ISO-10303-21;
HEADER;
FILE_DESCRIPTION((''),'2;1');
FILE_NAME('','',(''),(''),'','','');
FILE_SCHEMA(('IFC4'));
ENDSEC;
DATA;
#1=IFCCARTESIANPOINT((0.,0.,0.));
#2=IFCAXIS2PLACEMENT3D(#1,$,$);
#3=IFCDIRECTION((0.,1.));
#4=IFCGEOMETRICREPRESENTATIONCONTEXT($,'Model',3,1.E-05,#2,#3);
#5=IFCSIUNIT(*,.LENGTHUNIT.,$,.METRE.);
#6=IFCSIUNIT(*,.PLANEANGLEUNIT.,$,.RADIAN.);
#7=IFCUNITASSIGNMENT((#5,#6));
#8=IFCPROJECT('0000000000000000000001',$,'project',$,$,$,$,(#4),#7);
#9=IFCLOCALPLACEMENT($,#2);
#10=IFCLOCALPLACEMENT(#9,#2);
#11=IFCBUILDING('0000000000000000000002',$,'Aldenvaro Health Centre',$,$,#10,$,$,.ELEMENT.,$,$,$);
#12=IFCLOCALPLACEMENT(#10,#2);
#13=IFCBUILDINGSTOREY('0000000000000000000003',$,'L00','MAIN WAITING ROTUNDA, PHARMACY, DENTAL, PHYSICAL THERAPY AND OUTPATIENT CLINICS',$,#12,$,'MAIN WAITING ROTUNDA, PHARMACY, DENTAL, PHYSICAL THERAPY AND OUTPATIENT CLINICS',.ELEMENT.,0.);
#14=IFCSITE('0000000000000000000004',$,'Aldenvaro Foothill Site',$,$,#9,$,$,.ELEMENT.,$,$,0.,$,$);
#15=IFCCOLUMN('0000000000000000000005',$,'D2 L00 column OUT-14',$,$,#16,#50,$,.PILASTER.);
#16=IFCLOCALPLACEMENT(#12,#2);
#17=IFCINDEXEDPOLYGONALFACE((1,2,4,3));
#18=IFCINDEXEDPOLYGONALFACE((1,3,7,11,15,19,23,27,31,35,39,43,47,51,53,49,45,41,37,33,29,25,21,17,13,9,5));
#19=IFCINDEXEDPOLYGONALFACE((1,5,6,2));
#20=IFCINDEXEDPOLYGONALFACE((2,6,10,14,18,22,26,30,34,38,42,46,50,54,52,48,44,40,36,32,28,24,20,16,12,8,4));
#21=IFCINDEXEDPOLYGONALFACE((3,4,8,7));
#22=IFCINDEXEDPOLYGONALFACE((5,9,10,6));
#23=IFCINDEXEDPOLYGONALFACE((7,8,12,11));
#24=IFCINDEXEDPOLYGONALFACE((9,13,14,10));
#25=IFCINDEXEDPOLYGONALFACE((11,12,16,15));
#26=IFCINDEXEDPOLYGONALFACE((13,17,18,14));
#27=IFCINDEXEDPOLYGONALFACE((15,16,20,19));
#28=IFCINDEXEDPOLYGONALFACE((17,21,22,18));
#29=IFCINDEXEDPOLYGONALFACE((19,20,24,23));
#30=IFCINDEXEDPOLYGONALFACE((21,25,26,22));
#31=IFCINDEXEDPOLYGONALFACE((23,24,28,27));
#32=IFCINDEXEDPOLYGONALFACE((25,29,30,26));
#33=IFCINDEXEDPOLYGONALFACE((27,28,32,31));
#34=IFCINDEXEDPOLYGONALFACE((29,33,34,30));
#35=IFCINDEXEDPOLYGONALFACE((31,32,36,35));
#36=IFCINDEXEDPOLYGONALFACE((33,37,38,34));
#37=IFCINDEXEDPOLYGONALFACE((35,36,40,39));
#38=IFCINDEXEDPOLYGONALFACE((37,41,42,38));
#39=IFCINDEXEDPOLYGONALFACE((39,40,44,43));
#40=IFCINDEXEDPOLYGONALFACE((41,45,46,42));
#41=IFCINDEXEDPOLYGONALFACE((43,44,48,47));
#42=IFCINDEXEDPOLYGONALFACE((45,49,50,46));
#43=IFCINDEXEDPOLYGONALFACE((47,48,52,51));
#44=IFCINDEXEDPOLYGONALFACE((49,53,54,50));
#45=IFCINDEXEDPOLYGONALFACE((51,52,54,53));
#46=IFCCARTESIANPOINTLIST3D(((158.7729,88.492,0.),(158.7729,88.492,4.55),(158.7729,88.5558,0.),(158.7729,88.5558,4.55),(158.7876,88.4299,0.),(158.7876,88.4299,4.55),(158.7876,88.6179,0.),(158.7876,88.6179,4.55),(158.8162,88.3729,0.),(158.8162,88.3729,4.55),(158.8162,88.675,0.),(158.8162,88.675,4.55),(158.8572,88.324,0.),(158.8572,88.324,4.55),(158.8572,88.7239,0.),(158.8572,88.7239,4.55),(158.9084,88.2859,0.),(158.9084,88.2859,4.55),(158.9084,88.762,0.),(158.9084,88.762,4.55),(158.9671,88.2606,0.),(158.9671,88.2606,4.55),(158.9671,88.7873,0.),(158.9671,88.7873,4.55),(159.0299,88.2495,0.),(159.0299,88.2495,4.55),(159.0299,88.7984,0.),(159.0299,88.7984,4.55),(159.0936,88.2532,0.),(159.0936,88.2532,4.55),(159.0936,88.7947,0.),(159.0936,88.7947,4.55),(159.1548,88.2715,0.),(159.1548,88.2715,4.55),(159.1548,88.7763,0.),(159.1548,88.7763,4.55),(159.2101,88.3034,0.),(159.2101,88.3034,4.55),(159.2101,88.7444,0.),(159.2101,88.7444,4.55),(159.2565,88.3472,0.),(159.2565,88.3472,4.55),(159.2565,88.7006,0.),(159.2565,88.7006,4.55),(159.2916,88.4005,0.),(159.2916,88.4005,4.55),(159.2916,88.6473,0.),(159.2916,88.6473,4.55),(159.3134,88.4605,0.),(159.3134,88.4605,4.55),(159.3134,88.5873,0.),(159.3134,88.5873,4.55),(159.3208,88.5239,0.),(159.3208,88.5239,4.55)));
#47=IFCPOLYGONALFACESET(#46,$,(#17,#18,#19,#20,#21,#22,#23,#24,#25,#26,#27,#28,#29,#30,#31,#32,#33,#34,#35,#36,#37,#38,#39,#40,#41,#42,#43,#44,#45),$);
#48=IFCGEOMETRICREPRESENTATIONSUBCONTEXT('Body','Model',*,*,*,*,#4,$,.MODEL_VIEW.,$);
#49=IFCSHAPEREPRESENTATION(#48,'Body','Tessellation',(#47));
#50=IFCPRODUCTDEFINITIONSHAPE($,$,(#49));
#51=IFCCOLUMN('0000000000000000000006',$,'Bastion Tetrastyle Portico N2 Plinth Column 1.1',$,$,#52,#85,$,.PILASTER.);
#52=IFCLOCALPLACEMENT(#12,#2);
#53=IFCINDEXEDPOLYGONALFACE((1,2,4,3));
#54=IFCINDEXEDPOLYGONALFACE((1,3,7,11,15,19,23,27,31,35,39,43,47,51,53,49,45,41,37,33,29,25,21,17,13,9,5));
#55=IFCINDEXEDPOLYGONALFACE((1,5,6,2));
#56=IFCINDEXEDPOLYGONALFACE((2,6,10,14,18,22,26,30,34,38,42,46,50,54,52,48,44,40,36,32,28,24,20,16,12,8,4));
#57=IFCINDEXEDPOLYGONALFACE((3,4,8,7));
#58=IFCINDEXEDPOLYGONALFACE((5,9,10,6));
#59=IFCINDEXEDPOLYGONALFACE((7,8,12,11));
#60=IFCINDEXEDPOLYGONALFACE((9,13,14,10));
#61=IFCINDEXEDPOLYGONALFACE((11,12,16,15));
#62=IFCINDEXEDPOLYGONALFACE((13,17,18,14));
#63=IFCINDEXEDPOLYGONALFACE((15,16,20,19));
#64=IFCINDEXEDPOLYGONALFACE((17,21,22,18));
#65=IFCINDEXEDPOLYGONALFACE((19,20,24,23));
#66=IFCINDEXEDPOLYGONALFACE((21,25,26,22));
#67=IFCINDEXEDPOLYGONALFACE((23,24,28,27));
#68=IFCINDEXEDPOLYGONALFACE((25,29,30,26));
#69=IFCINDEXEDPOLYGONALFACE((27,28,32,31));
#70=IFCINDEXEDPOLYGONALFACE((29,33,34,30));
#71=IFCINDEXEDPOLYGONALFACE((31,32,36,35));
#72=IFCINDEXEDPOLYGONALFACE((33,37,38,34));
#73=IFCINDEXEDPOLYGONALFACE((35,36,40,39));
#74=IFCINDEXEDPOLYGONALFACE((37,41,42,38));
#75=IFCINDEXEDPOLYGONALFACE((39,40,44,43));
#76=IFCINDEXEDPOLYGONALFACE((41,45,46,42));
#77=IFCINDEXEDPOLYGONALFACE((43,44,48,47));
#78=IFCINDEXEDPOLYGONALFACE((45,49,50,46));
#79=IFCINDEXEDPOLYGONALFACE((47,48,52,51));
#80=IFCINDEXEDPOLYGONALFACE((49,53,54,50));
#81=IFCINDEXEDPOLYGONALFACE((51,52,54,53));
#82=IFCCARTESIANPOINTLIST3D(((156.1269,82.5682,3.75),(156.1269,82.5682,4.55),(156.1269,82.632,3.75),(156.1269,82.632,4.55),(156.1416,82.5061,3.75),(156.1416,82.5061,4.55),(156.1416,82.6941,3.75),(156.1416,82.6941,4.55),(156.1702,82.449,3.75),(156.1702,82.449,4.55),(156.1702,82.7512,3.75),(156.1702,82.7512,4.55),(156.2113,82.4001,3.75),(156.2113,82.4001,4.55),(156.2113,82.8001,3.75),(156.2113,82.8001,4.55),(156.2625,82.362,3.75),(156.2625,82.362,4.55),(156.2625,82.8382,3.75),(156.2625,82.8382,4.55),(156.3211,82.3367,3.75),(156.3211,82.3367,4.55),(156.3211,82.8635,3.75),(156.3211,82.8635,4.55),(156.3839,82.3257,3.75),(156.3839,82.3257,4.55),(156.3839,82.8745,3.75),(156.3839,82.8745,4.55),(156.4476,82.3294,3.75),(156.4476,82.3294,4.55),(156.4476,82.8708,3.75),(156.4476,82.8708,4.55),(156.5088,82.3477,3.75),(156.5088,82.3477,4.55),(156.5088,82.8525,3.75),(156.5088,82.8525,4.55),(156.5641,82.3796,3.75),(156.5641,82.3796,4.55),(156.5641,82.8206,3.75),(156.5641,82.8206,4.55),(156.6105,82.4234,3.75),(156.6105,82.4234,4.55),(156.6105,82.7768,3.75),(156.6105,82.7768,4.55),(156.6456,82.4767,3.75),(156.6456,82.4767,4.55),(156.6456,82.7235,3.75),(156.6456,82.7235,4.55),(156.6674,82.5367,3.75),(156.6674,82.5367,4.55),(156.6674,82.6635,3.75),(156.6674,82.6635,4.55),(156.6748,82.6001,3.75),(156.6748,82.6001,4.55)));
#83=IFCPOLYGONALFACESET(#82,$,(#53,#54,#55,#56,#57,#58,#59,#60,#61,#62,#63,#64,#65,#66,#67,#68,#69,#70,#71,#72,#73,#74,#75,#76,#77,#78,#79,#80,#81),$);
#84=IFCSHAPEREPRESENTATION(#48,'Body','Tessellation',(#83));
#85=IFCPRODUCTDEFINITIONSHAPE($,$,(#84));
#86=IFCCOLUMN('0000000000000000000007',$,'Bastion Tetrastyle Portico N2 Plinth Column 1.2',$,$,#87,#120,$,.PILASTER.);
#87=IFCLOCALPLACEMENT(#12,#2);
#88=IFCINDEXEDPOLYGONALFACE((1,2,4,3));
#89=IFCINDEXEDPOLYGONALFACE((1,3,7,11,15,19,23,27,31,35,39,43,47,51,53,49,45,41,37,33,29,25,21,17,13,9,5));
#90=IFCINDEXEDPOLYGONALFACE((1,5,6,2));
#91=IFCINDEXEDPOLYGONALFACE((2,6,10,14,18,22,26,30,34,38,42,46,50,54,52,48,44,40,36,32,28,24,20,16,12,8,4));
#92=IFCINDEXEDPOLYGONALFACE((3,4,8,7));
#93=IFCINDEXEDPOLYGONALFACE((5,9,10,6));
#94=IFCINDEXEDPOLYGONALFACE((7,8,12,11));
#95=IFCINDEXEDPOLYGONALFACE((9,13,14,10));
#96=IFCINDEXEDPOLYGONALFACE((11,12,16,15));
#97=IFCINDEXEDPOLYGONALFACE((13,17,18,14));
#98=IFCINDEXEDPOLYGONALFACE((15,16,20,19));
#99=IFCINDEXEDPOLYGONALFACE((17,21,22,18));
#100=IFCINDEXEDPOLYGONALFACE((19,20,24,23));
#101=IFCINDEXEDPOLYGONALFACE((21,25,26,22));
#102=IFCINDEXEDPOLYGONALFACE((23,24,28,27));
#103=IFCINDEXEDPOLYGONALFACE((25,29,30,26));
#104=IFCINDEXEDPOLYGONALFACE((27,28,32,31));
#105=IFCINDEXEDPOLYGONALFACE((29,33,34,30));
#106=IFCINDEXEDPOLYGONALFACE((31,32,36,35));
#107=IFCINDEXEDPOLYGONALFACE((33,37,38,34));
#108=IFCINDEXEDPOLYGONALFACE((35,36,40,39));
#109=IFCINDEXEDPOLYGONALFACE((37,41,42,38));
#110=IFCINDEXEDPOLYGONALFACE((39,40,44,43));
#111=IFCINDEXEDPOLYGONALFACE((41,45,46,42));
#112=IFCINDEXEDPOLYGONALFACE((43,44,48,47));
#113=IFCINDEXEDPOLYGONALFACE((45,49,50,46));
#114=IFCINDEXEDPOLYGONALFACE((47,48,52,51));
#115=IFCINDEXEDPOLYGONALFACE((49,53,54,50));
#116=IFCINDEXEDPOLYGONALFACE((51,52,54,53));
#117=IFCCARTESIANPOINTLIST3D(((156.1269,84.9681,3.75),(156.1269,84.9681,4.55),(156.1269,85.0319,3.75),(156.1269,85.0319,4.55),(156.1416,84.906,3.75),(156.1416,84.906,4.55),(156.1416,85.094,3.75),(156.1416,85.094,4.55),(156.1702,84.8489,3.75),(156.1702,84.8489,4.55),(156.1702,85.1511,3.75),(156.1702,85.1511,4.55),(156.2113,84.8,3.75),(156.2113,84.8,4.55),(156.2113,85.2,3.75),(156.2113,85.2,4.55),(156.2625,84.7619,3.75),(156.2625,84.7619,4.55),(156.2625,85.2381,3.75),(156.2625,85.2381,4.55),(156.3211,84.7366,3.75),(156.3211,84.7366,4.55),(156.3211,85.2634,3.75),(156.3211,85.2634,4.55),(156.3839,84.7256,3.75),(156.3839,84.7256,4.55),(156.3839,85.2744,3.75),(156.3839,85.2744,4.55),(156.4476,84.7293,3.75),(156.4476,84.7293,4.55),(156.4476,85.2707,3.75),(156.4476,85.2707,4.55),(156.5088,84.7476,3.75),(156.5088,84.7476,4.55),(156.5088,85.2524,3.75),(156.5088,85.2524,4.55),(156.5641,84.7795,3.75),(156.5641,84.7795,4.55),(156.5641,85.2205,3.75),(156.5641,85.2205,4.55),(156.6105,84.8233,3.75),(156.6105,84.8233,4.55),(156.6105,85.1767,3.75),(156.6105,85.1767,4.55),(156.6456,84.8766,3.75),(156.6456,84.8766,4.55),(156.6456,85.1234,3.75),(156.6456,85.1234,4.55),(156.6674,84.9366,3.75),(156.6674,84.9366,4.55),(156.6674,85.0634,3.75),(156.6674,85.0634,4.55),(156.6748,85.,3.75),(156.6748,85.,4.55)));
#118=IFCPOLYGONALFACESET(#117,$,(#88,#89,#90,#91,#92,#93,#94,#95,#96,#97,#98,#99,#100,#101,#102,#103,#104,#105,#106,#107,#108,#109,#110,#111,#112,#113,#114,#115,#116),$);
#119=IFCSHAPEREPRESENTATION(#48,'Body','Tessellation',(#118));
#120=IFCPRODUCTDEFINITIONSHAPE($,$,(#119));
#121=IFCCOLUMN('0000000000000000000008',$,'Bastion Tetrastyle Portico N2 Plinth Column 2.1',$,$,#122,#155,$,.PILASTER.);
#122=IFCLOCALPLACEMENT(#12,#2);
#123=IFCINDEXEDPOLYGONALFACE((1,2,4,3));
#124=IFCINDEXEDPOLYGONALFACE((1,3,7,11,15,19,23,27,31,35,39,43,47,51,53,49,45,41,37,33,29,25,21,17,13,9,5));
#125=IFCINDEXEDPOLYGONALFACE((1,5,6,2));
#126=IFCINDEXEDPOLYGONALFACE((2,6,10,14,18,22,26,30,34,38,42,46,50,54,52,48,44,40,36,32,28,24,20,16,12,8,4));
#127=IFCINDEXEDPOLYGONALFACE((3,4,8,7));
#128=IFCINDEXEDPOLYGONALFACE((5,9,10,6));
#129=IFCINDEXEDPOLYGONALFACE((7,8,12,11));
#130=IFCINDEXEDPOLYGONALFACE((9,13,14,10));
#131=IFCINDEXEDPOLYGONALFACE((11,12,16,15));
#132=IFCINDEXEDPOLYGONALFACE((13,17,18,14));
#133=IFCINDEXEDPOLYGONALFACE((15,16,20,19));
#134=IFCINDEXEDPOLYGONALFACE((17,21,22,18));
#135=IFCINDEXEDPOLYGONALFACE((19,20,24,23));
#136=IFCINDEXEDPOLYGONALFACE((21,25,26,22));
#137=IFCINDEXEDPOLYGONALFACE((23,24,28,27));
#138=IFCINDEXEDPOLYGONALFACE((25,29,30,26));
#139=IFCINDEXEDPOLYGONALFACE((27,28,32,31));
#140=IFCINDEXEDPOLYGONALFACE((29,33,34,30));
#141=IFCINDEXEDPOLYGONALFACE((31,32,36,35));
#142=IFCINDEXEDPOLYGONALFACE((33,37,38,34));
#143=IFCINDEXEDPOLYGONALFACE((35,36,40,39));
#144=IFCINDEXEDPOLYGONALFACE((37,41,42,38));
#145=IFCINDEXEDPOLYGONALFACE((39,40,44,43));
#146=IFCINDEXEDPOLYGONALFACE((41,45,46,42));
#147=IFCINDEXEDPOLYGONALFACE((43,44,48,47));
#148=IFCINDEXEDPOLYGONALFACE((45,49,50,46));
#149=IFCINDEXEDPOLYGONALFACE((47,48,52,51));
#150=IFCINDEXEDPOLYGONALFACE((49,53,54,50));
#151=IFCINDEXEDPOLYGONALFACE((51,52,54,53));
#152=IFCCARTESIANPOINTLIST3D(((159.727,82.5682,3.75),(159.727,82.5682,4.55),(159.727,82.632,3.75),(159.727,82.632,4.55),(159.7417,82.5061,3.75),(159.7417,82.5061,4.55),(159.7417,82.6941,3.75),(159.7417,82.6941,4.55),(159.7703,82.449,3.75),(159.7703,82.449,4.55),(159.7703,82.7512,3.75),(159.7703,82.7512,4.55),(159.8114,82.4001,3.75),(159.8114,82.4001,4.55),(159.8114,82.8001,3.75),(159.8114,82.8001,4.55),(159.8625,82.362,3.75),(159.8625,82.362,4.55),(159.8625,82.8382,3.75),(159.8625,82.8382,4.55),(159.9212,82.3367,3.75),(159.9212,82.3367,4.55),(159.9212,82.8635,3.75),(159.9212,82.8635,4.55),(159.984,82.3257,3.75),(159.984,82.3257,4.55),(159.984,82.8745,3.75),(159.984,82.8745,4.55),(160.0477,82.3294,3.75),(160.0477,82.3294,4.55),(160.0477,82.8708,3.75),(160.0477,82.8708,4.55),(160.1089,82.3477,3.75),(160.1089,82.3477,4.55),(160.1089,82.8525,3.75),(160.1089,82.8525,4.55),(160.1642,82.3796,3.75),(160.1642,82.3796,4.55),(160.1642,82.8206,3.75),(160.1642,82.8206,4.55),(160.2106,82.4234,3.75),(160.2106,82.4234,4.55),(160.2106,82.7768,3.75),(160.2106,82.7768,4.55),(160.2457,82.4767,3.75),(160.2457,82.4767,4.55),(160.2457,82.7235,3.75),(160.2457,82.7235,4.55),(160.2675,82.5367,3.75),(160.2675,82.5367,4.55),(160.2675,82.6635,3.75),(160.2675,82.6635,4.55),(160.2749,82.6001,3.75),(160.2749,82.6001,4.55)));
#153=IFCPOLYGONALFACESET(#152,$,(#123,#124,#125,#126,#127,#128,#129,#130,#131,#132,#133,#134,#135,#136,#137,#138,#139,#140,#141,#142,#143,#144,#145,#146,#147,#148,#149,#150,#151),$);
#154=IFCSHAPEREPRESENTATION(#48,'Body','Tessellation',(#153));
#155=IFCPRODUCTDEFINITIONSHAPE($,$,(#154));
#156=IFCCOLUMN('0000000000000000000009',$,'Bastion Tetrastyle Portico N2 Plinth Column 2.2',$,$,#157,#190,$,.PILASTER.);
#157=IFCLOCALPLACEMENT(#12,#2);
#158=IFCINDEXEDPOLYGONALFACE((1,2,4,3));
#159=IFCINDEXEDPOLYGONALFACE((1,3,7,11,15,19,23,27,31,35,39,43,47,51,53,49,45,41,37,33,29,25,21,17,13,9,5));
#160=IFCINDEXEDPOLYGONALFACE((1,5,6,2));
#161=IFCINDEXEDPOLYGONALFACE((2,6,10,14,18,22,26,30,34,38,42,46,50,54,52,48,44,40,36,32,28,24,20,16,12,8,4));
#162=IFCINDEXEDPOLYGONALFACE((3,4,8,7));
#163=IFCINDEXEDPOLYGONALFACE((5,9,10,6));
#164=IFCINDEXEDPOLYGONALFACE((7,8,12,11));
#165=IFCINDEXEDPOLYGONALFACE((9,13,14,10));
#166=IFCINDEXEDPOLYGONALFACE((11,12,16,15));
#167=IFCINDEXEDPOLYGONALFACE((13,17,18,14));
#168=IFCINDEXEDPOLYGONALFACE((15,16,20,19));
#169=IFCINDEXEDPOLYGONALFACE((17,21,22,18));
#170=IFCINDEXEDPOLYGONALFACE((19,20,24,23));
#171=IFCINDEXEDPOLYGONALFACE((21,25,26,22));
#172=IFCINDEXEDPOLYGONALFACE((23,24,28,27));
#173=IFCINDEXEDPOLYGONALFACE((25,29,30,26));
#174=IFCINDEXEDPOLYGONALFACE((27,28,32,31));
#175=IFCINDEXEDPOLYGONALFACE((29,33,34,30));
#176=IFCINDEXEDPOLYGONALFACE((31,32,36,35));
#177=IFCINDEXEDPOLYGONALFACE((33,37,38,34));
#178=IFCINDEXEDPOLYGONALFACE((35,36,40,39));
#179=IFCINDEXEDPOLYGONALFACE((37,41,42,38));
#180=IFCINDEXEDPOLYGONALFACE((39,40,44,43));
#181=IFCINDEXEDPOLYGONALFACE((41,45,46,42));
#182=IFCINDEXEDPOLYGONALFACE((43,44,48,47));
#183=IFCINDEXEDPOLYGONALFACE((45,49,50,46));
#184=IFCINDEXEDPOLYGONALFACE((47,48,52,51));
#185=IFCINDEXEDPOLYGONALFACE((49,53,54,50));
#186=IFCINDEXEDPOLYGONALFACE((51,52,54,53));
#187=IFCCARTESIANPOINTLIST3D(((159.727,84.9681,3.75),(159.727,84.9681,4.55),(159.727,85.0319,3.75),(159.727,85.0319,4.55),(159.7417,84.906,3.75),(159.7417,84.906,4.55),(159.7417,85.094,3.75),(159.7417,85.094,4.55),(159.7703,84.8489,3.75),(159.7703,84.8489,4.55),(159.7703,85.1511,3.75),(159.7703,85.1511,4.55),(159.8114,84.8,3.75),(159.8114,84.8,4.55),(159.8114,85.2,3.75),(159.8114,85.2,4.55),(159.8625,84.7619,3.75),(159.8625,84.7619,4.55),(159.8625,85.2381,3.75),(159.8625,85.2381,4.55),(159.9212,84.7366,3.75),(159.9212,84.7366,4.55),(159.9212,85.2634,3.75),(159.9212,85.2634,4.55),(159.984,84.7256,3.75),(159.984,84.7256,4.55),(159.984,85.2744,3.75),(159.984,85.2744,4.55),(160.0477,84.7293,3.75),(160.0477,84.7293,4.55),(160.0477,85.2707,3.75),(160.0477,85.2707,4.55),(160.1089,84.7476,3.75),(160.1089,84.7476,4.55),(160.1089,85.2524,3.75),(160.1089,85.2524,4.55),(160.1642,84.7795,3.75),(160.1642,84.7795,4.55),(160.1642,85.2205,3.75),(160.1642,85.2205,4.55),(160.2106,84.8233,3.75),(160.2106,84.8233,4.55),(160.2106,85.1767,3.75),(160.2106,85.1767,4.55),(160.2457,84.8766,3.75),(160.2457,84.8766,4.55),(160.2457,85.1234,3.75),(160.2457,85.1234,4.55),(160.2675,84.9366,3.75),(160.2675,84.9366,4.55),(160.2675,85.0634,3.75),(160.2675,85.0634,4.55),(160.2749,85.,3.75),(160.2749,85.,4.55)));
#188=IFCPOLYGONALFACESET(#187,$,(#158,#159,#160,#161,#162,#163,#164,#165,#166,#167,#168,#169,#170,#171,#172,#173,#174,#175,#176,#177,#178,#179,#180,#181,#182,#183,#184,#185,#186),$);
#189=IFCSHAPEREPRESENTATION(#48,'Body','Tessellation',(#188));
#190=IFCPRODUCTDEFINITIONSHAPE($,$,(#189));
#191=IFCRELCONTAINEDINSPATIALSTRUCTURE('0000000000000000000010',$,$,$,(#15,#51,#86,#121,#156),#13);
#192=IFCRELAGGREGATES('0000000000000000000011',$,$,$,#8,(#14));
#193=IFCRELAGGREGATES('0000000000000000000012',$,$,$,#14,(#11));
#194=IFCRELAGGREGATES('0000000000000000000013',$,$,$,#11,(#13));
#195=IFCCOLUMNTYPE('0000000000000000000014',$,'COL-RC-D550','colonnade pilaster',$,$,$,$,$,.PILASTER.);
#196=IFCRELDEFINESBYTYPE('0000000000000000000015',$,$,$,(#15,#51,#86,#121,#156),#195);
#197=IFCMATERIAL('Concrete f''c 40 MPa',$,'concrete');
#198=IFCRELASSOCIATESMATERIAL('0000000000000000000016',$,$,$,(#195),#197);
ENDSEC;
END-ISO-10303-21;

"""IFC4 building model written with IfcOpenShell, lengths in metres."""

from ifc_helpers import new_model, si_unit, direction, frame, origin, origin_2d, place, context, subcontext, project, spatial, circle, extrude, material, material_profile, profile_set, type_object, element, save


model = new_model("IFC4")

# Units and contexts
model_context = context("Model", 3, precision=1e-05, world=origin(), true_north=direction((0.0, 1.0)))
body_context = subcontext(model_context, "Body", "Model", "MODEL_VIEW")
ifc_project = project(units=[si_unit("LENGTHUNIT", "METRE"), si_unit("PLANEANGLEUNIT", "RADIAN")], contexts=[model_context])

# Site, building, storey
site_placement = place(None, origin())
site = spatial("IfcSite", under=ifc_project, at=site_placement, Name="Aldenvaro Foothill Site", CompositionType="ELEMENT", RefElevation=0.0)
building_placement = place(site_placement, origin())
building = spatial("IfcBuilding", under=site, at=building_placement, Name="Aldenvaro Health Centre", CompositionType="ELEMENT")
storey_placement = place(building_placement, origin())
storey = spatial("IfcBuildingStorey", under=building, at=storey_placement, Name="L00", Description="MAIN WAITING ROTUNDA, PHARMACY, DENTAL, PHYSICAL THERAPY AND OUTPATIENT CLINICS", LongName="MAIN WAITING ROTUNDA, PHARMACY, DENTAL, PHYSICAL THERAPY AND OUTPATIENT CLINICS", CompositionType="ELEMENT", Elevation=0.0)

# Columns
ifc_material_1 = material(Name="Concrete f'c 40 MPa", Category="concrete")
ifc_material_profile_1 = material_profile(ifc_material_1, circle(Radius=0.2749, at=origin_2d()), Name="RC D550", Category="concrete")
ifc_profile_set_1 = profile_set([ifc_material_profile_1], Name="Concrete f'c 40 MPa")
column_type = type_object("IfcColumnType", Name="COL-RC-D550", Description="colonnade pilaster", PredefinedType="PILASTER", material=ifc_profile_set_1)
column_placement = place(storey_placement, frame((159.0459, 88.5239, 0.0), z_axis=(0.0, 0.0, 1.0), x_axis=(1.0, 0.0, 0.0)))
element("IfcColumn", 1, at=column_placement, inside=storey, type_object=column_type, Name="D2 L00 column OUT-14", PredefinedType="PILASTER", context=body_context, shape_type="SweptSolid", body=[
    extrude(circle(Radius=0.2749, at=origin_2d()), origin(), (0.0, 0.0, 1.0), 4.55),
])
for number, where, z_axis, x_axis, name in (
    (2, (156.3999, 82.6001, 3.75), (0.0, 0.0, 1.0), (1.0, 0.0, 0.0), "Bastion Tetrastyle Portico N2 Plinth Column 1.1"),
    (3, (156.3999, 85.0, 3.75), (0.0, 0.0, 1.0), (1.0, 0.0, 0.0), "Bastion Tetrastyle Portico N2 Plinth Column 1.2"),
    (4, (160.0, 82.6001, 3.75), (0.0, 0.0, 1.0), (1.0, 0.0, 0.0), "Bastion Tetrastyle Portico N2 Plinth Column 2.1"),
    (5, (160.0, 85.0, 3.75), (0.0, 0.0, 1.0), (1.0, 0.0, 0.0), "Bastion Tetrastyle Portico N2 Plinth Column 2.2"),
):
    element("IfcColumn", number, at=place(storey_placement, frame(where, z_axis=z_axis, x_axis=x_axis)), inside=storey, type_object=column_type, Name=name, PredefinedType="PILASTER", context=body_context, shape_type="SweptSolid", body=[
        extrude(circle(Radius=0.2749, at=origin_2d()), origin(), (0.0, 0.0, 1.0), 0.8),
    ])

save(model, "model.ifc")
